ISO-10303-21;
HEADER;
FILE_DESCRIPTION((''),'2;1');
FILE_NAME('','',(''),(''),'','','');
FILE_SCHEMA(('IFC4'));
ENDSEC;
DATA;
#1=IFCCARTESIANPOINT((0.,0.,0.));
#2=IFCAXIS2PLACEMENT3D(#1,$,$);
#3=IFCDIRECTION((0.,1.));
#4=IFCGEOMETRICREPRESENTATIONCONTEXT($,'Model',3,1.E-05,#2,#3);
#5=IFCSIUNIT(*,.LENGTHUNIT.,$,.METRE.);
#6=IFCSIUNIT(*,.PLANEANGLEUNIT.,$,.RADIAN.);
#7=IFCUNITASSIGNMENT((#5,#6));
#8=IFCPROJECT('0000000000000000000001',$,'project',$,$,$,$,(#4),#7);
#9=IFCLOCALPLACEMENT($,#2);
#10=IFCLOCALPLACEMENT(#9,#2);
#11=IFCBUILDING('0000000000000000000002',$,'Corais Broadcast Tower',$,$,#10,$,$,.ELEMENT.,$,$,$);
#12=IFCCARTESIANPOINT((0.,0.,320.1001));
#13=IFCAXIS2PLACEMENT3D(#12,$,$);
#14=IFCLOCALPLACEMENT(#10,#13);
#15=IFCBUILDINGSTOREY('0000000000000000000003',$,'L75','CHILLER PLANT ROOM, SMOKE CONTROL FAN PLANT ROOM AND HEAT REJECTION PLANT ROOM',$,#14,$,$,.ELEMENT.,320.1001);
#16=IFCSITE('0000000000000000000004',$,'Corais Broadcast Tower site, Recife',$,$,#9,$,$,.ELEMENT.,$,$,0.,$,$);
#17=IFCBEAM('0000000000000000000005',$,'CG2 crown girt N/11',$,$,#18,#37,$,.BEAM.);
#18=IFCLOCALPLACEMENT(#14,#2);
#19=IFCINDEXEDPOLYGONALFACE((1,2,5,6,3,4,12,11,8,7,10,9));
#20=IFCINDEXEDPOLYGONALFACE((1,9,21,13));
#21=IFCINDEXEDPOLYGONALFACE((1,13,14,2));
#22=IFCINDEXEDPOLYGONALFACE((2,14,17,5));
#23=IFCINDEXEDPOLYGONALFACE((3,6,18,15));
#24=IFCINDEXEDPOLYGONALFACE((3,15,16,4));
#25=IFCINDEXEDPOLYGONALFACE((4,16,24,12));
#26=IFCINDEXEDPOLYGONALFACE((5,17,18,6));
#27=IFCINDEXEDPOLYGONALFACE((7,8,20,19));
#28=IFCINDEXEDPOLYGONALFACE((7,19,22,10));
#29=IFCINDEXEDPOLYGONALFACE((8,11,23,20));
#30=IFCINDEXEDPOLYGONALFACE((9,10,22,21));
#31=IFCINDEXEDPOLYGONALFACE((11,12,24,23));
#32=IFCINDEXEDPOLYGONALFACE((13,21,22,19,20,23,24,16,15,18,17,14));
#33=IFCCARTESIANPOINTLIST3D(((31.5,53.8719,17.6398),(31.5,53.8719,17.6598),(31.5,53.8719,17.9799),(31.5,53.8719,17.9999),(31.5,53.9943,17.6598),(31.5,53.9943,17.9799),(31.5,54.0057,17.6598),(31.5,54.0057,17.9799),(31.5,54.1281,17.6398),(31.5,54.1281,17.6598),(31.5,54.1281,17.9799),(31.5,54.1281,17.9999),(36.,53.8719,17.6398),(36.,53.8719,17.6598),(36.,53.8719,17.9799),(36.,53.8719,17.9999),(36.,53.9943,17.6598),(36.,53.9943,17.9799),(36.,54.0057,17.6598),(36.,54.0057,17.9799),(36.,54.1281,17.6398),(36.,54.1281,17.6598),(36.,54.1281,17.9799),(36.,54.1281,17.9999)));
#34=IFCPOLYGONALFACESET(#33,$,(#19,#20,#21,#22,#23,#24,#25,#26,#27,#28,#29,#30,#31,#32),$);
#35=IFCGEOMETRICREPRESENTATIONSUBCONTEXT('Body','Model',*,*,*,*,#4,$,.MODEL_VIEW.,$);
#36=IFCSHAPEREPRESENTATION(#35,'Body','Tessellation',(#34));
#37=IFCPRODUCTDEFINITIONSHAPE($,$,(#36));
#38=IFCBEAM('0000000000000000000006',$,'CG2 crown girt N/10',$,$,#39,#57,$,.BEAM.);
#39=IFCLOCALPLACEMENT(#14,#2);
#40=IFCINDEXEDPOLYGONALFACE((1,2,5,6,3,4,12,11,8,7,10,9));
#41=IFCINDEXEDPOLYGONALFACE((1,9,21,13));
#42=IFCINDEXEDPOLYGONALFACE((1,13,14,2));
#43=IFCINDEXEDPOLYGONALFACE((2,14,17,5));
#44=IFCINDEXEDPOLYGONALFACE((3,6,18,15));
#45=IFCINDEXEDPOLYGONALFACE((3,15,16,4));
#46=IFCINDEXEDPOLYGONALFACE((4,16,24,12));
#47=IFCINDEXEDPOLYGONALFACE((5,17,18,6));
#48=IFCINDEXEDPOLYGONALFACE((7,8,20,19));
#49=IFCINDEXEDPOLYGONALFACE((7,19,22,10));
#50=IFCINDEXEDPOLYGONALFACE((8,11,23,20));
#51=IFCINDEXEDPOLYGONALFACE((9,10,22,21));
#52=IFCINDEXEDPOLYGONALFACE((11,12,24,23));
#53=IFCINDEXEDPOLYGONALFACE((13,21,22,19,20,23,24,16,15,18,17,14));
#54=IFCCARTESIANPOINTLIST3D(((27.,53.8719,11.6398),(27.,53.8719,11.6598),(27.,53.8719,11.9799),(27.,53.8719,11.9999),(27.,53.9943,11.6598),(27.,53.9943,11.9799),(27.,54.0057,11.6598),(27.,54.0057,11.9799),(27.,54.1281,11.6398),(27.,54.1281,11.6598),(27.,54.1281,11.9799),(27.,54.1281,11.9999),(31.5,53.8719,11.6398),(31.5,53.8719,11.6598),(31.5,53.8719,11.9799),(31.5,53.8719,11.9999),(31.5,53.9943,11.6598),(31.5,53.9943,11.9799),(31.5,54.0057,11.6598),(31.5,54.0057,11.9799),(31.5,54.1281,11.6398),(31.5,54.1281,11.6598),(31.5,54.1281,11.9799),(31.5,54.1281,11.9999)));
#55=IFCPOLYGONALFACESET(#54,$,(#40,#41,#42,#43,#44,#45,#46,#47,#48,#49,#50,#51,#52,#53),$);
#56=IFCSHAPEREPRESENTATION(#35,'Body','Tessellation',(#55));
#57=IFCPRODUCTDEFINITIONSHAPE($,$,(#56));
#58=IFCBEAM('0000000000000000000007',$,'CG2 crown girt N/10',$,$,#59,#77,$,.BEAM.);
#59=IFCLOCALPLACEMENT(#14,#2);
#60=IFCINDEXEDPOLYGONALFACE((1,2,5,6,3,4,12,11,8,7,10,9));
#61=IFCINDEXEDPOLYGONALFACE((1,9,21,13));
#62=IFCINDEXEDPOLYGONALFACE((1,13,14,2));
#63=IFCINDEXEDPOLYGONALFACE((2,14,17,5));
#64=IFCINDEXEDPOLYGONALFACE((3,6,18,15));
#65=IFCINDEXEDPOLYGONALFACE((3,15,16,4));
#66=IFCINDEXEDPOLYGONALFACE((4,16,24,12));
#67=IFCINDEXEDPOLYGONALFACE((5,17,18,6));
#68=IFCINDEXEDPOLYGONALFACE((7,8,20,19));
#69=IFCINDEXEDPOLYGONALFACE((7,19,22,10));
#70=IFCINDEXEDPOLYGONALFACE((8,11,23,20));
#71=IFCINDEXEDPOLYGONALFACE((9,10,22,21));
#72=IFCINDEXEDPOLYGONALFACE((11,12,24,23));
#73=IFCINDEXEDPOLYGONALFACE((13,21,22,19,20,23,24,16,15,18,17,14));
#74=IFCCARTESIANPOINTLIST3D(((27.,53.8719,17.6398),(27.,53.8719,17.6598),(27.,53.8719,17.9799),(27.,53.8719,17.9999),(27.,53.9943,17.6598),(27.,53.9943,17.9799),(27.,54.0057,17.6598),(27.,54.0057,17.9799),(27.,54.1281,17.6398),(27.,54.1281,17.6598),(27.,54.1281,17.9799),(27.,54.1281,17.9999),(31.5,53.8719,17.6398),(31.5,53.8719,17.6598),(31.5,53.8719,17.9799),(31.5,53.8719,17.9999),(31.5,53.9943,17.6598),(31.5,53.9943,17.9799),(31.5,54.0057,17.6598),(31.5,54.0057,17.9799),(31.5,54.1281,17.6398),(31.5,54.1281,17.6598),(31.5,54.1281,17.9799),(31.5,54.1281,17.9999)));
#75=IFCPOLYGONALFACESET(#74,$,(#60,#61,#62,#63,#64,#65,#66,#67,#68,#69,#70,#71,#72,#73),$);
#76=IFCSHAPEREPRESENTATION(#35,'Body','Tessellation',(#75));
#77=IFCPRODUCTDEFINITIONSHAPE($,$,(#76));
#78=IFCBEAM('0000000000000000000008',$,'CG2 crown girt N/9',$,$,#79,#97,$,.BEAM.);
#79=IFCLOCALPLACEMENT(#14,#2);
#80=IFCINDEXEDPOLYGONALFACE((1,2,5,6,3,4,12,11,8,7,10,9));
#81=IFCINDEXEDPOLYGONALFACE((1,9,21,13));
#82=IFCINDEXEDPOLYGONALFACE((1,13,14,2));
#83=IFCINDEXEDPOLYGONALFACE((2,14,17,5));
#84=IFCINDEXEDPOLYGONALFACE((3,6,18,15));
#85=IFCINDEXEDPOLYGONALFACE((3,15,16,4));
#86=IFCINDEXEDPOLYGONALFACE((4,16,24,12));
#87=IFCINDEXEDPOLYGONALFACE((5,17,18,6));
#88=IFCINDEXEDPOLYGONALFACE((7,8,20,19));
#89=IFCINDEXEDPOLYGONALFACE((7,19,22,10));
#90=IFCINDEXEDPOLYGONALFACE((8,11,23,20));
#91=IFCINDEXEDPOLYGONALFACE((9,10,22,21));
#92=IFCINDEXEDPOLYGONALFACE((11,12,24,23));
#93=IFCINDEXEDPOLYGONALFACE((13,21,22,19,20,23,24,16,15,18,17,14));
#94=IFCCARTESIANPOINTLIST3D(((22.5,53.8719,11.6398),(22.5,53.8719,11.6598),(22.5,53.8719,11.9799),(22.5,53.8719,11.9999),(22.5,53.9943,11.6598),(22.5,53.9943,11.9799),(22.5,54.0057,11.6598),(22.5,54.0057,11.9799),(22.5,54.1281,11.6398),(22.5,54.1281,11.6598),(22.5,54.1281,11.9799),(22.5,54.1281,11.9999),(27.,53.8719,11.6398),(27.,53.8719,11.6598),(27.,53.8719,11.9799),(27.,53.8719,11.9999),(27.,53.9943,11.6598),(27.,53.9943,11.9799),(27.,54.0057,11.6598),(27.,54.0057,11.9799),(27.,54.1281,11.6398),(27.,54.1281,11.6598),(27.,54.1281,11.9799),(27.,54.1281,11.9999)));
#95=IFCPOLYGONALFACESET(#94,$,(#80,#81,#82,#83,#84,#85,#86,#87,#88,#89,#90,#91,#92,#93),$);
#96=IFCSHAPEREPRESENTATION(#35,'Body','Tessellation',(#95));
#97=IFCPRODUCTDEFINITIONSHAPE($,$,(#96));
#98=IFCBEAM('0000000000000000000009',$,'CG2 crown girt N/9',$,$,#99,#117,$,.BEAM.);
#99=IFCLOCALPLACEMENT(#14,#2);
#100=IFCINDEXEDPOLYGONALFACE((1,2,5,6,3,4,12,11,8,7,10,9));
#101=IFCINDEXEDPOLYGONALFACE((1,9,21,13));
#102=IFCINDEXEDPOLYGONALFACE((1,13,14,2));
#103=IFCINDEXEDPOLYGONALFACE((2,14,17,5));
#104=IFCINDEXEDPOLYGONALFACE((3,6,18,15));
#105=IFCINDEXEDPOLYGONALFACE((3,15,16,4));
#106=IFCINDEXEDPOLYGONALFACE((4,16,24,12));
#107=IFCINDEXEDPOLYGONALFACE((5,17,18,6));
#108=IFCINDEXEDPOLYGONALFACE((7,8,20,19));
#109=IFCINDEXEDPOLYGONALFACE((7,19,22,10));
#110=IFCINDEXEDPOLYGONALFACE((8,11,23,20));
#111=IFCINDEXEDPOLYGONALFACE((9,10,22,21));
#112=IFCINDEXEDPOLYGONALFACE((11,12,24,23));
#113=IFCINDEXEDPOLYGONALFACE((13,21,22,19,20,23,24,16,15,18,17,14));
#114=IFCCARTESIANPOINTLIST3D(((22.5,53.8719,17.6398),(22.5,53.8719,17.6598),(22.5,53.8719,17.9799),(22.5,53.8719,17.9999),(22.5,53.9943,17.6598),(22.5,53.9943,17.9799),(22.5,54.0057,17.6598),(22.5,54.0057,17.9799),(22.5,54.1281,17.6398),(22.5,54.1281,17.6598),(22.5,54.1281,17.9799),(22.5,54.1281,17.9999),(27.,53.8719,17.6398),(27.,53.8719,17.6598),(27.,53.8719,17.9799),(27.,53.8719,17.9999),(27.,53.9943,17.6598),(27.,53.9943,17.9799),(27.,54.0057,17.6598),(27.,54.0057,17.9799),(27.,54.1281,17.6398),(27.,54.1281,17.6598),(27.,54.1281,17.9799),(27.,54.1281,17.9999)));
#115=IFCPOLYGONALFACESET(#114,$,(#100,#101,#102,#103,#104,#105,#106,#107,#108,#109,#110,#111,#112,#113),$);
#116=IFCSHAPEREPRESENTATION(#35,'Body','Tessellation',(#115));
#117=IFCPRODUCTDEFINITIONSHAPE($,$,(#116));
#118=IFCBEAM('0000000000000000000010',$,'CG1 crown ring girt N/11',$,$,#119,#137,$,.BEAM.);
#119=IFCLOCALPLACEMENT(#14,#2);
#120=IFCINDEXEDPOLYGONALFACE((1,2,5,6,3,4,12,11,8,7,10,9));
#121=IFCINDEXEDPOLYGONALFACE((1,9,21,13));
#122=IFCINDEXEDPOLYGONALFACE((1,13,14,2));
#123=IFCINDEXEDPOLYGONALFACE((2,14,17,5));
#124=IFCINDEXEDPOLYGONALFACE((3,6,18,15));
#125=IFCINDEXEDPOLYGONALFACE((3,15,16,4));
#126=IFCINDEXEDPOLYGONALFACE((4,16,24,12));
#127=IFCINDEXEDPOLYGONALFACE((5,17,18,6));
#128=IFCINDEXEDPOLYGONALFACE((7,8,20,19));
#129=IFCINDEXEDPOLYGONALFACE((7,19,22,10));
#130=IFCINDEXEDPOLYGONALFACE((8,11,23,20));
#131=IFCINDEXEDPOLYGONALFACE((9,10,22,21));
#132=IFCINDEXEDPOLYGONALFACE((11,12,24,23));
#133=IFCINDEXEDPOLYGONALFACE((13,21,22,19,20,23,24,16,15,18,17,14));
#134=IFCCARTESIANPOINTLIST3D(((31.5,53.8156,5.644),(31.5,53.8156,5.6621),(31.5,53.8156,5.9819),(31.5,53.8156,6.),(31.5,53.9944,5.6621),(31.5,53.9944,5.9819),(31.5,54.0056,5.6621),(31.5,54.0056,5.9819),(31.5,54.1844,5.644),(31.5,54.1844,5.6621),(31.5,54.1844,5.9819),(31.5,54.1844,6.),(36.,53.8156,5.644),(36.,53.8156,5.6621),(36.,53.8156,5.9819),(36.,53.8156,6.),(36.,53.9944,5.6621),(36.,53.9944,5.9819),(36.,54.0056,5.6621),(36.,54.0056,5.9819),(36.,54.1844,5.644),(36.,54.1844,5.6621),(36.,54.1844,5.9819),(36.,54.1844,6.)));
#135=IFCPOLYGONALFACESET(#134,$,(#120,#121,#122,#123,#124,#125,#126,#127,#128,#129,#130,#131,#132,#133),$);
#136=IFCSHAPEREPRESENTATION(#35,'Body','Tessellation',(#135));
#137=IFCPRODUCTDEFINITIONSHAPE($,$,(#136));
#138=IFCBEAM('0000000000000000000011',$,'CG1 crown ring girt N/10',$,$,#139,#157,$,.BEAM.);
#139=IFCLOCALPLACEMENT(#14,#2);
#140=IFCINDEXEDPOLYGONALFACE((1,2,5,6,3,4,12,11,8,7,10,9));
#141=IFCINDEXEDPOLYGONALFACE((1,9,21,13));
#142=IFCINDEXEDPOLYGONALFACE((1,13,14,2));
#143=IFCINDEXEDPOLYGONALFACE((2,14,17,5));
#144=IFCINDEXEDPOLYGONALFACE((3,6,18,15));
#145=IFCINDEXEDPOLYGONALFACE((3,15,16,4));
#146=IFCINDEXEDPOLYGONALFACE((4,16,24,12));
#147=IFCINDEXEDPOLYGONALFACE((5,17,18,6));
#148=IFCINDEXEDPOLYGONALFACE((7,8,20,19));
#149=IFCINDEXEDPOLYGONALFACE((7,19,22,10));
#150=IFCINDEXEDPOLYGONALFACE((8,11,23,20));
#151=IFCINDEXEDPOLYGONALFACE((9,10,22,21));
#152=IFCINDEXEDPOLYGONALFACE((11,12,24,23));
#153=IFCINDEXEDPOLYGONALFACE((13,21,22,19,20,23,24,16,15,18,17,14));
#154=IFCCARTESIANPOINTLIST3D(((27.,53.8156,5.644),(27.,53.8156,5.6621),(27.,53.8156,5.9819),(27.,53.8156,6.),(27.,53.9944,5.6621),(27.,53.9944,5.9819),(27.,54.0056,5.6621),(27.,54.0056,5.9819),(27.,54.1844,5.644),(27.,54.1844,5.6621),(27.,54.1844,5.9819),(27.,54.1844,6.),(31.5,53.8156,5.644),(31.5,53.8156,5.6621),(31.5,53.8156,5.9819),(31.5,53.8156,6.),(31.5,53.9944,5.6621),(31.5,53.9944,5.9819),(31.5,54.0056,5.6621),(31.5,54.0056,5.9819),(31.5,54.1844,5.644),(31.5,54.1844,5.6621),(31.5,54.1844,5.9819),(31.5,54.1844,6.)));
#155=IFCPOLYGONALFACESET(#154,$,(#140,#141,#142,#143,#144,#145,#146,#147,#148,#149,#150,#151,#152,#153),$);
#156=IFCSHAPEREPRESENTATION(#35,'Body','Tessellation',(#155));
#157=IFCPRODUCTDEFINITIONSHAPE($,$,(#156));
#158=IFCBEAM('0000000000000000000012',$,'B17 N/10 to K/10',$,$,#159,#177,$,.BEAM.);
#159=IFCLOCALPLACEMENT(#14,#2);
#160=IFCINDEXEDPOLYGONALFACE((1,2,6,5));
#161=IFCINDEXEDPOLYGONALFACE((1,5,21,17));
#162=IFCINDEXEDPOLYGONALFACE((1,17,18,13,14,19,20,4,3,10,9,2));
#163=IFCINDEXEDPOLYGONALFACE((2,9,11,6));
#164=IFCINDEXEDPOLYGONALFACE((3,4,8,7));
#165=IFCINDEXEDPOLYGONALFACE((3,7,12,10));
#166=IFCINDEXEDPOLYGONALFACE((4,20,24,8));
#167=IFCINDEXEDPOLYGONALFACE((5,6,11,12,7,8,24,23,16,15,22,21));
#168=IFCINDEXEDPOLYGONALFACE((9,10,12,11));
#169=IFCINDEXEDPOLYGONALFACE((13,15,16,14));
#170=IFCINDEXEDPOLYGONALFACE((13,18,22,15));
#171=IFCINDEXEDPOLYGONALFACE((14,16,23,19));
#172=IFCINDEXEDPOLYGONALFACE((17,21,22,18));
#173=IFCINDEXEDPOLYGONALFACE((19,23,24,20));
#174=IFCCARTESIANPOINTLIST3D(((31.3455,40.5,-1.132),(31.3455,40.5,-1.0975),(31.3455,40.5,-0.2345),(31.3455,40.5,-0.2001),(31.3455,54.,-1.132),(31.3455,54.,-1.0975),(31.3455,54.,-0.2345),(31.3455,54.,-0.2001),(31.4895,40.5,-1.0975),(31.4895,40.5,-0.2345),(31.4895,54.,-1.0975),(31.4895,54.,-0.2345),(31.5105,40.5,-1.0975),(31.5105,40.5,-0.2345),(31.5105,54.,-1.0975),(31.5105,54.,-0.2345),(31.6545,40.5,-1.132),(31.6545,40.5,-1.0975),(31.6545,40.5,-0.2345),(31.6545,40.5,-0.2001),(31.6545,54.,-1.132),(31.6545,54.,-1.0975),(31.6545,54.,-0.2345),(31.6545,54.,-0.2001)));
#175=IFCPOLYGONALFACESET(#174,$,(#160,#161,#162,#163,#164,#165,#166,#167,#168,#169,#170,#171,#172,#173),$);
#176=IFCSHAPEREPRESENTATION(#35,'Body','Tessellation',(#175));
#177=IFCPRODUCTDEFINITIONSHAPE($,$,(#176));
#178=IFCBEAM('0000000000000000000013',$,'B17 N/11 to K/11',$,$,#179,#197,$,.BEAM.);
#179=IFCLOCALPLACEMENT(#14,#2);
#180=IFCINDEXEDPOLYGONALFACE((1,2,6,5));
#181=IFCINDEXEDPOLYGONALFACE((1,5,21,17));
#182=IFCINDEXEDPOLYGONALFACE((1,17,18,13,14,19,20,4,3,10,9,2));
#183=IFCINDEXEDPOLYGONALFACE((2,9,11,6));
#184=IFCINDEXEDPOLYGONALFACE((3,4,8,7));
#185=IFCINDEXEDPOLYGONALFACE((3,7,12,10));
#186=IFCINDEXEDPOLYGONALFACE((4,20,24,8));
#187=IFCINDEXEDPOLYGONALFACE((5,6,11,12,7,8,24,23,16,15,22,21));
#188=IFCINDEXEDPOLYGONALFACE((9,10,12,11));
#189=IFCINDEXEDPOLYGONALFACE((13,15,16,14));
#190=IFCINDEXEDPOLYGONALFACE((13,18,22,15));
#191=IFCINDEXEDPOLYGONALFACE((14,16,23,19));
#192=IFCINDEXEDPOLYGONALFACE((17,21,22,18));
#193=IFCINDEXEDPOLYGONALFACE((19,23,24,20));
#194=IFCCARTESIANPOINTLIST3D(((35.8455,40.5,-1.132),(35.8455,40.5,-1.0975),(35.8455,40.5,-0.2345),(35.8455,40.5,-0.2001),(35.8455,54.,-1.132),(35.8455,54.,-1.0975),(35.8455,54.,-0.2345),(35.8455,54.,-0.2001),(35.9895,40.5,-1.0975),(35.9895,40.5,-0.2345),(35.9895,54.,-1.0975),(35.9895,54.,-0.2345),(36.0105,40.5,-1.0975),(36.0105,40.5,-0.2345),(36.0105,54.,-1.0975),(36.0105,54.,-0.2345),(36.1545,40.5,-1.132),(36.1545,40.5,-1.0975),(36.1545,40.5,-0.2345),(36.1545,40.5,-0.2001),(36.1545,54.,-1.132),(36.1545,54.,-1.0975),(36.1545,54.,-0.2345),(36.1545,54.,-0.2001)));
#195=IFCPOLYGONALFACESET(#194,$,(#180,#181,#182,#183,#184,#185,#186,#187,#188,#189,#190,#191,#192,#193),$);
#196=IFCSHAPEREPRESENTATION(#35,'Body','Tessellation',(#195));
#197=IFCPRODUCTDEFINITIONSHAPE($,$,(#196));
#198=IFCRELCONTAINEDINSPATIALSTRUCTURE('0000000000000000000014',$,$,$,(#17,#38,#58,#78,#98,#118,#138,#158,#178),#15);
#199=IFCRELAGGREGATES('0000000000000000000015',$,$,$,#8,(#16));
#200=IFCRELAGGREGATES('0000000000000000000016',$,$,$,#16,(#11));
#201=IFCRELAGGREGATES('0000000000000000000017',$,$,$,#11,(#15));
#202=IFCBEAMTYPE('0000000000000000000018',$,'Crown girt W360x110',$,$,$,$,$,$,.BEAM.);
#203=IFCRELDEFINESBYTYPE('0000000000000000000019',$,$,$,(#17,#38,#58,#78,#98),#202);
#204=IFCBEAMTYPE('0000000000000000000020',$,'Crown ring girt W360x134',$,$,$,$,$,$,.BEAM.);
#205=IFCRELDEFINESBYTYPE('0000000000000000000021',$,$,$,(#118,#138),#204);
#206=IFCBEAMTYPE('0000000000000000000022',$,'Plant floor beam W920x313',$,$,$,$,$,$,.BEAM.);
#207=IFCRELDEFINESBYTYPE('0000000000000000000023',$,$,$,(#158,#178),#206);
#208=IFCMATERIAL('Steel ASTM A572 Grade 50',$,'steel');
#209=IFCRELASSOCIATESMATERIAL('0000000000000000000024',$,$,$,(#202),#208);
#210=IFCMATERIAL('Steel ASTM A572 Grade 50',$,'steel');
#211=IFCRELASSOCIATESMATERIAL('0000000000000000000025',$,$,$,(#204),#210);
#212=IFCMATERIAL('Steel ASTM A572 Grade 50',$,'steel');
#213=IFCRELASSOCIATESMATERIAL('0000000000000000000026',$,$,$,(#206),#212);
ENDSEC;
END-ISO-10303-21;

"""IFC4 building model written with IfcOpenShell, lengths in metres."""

from ifc_helpers import new_model, si_unit, direction, frame, origin, origin_2d, place, context, subcontext, project, spatial, i_section, extrude, material, material_profile, profile_set, type_object, element, save


model = new_model("IFC4")

# Units and contexts
model_context = context("Model", 3, precision=1e-05, world=origin(), true_north=direction((0.0, 1.0)))
body_context = subcontext(model_context, "Body", "Model", "MODEL_VIEW")
ifc_project = project(units=[si_unit("LENGTHUNIT", "METRE"), si_unit("PLANEANGLEUNIT", "RADIAN")], contexts=[model_context])

# Site, building, storey
site_placement = place(None, origin())
site = spatial("IfcSite", under=ifc_project, at=site_placement, Name="Corais Broadcast Tower site, Recife", CompositionType="ELEMENT", RefElevation=0.0)
building_placement = place(site_placement, origin())
building = spatial("IfcBuilding", under=site, at=building_placement, Name="Corais Broadcast Tower", CompositionType="ELEMENT")
storey_placement = place(building_placement, frame((0.0, 0.0, 320.1001)))
storey = spatial("IfcBuildingStorey", under=building, at=storey_placement, Name="L75", Description="CHILLER PLANT ROOM, SMOKE CONTROL FAN PLANT ROOM AND HEAT REJECTION PLANT ROOM", CompositionType="ELEMENT", Elevation=320.1001)

# Beams
ifc_material_1 = material(Name="Steel ASTM A572 Grade 50", Category="steel")
ifc_material_profile_1 = material_profile(ifc_material_1, i_section(OverallWidth=0.2561, OverallDepth=0.3601, WebThickness=0.0115, FlangeThickness=0.02, at=origin_2d()), Name="W360x110")
ifc_profile_set_1 = profile_set([ifc_material_profile_1], Name="Steel ASTM A572 Grade 50")
beam_type_1 = type_object("IfcBeamType", Name="Crown girt W360x110", PredefinedType="BEAM", material=ifc_profile_set_1)
for number, where, z_axis, x_axis, name in (
    (1, (36.0, 54.0, 17.8198), (-1.0, 0.0, 0.0), (0.0, -1.0, 0.0), "CG2 crown girt N/11"),
    (2, (31.5, 54.0, 11.8198), (-1.0, 0.0, 0.0), (0.0, -1.0, 0.0), "CG2 crown girt N/10"),
    (3, (31.5, 54.0, 17.8198), (-1.0, 0.0, 0.0), (0.0, -1.0, 0.0), "CG2 crown girt N/10"),
    (4, (27.0, 54.0, 11.8198), (-1.0, 0.0, 0.0), (0.0, -1.0, 0.0), "CG2 crown girt N/9"),
    (5, (27.0, 54.0, 17.8198), (-1.0, 0.0, 0.0), (0.0, -1.0, 0.0), "CG2 crown girt N/9"),
):
    element("IfcBeam", number, at=place(storey_placement, frame(where, z_axis=z_axis, x_axis=x_axis)), inside=storey, type_object=beam_type_1, Name=name, PredefinedType="BEAM", context=body_context, shape_type="SweptSolid", body=[
        extrude(i_section(OverallWidth=0.2561, OverallDepth=0.3601, WebThickness=0.0115, FlangeThickness=0.02, at=origin_2d()), origin(), (0.0, 0.0, 1.0), 4.5),
    ])
ifc_material_2 = material(Name="Steel ASTM A572 Grade 50", Category="steel")
ifc_material_profile_2 = material_profile(ifc_material_2, i_section(OverallWidth=0.3689, OverallDepth=0.356, WebThickness=0.0112, FlangeThickness=0.0181, at=origin_2d()), Name="W360x134")
ifc_profile_set_2 = profile_set([ifc_material_profile_2], Name="Steel ASTM A572 Grade 50")
beam_type_2 = type_object("IfcBeamType", Name="Crown ring girt W360x134", PredefinedType="BEAM", material=ifc_profile_set_2)
for number, where, z_axis, x_axis, name in (
    (6, (36.0, 54.0, 5.822), (-1.0, 0.0, 0.0), (0.0, -1.0, 0.0), "CG1 crown ring girt N/11"),
    (7, (31.5, 54.0, 5.822), (-1.0, 0.0, 0.0), (0.0, -1.0, 0.0), "CG1 crown ring girt N/10"),
):
    element("IfcBeam", number, at=place(storey_placement, frame(where, z_axis=z_axis, x_axis=x_axis)), inside=storey, type_object=beam_type_2, Name=name, PredefinedType="BEAM", context=body_context, shape_type="SweptSolid", body=[
        extrude(i_section(OverallWidth=0.3689, OverallDepth=0.356, WebThickness=0.0112, FlangeThickness=0.0181, at=origin_2d()), origin(), (0.0, 0.0, 1.0), 4.5),
    ])
ifc_material_3 = material(Name="Steel ASTM A572 Grade 50", Category="steel")
ifc_material_profile_3 = material_profile(ifc_material_3, i_section(OverallWidth=0.3091, OverallDepth=0.9319, WebThickness=0.021, FlangeThickness=0.0344, at=origin_2d()), Name="W920x313")
ifc_profile_set_3 = profile_set([ifc_material_profile_3], Name="Steel ASTM A572 Grade 50")
beam_type_3 = type_object("IfcBeamType", Name="Plant floor beam W920x313", PredefinedType="BEAM", material=ifc_profile_set_3)
for number, where, z_axis, x_axis, name in (
    (8, (31.5, 54.0, -0.666), (0.0, -1.0, 0.0), (1.0, 0.0, 0.0), "B17 N/10 to K/10"),
    (9, (36.0, 54.0, -0.666), (0.0, -1.0, 0.0), (1.0, 0.0, 0.0), "B17 N/11 to K/11"),
):
    element("IfcBeam", number, at=place(storey_placement, frame(where, z_axis=z_axis, x_axis=x_axis)), inside=storey, type_object=beam_type_3, Name=name, PredefinedType="BEAM", context=body_context, shape_type="SweptSolid", body=[
        extrude(i_section(OverallWidth=0.3091, OverallDepth=0.9319, WebThickness=0.021, FlangeThickness=0.0344, at=origin_2d()), origin(), (0.0, 0.0, 1.0), 13.5),
    ])

save(model, "model.ifc")
